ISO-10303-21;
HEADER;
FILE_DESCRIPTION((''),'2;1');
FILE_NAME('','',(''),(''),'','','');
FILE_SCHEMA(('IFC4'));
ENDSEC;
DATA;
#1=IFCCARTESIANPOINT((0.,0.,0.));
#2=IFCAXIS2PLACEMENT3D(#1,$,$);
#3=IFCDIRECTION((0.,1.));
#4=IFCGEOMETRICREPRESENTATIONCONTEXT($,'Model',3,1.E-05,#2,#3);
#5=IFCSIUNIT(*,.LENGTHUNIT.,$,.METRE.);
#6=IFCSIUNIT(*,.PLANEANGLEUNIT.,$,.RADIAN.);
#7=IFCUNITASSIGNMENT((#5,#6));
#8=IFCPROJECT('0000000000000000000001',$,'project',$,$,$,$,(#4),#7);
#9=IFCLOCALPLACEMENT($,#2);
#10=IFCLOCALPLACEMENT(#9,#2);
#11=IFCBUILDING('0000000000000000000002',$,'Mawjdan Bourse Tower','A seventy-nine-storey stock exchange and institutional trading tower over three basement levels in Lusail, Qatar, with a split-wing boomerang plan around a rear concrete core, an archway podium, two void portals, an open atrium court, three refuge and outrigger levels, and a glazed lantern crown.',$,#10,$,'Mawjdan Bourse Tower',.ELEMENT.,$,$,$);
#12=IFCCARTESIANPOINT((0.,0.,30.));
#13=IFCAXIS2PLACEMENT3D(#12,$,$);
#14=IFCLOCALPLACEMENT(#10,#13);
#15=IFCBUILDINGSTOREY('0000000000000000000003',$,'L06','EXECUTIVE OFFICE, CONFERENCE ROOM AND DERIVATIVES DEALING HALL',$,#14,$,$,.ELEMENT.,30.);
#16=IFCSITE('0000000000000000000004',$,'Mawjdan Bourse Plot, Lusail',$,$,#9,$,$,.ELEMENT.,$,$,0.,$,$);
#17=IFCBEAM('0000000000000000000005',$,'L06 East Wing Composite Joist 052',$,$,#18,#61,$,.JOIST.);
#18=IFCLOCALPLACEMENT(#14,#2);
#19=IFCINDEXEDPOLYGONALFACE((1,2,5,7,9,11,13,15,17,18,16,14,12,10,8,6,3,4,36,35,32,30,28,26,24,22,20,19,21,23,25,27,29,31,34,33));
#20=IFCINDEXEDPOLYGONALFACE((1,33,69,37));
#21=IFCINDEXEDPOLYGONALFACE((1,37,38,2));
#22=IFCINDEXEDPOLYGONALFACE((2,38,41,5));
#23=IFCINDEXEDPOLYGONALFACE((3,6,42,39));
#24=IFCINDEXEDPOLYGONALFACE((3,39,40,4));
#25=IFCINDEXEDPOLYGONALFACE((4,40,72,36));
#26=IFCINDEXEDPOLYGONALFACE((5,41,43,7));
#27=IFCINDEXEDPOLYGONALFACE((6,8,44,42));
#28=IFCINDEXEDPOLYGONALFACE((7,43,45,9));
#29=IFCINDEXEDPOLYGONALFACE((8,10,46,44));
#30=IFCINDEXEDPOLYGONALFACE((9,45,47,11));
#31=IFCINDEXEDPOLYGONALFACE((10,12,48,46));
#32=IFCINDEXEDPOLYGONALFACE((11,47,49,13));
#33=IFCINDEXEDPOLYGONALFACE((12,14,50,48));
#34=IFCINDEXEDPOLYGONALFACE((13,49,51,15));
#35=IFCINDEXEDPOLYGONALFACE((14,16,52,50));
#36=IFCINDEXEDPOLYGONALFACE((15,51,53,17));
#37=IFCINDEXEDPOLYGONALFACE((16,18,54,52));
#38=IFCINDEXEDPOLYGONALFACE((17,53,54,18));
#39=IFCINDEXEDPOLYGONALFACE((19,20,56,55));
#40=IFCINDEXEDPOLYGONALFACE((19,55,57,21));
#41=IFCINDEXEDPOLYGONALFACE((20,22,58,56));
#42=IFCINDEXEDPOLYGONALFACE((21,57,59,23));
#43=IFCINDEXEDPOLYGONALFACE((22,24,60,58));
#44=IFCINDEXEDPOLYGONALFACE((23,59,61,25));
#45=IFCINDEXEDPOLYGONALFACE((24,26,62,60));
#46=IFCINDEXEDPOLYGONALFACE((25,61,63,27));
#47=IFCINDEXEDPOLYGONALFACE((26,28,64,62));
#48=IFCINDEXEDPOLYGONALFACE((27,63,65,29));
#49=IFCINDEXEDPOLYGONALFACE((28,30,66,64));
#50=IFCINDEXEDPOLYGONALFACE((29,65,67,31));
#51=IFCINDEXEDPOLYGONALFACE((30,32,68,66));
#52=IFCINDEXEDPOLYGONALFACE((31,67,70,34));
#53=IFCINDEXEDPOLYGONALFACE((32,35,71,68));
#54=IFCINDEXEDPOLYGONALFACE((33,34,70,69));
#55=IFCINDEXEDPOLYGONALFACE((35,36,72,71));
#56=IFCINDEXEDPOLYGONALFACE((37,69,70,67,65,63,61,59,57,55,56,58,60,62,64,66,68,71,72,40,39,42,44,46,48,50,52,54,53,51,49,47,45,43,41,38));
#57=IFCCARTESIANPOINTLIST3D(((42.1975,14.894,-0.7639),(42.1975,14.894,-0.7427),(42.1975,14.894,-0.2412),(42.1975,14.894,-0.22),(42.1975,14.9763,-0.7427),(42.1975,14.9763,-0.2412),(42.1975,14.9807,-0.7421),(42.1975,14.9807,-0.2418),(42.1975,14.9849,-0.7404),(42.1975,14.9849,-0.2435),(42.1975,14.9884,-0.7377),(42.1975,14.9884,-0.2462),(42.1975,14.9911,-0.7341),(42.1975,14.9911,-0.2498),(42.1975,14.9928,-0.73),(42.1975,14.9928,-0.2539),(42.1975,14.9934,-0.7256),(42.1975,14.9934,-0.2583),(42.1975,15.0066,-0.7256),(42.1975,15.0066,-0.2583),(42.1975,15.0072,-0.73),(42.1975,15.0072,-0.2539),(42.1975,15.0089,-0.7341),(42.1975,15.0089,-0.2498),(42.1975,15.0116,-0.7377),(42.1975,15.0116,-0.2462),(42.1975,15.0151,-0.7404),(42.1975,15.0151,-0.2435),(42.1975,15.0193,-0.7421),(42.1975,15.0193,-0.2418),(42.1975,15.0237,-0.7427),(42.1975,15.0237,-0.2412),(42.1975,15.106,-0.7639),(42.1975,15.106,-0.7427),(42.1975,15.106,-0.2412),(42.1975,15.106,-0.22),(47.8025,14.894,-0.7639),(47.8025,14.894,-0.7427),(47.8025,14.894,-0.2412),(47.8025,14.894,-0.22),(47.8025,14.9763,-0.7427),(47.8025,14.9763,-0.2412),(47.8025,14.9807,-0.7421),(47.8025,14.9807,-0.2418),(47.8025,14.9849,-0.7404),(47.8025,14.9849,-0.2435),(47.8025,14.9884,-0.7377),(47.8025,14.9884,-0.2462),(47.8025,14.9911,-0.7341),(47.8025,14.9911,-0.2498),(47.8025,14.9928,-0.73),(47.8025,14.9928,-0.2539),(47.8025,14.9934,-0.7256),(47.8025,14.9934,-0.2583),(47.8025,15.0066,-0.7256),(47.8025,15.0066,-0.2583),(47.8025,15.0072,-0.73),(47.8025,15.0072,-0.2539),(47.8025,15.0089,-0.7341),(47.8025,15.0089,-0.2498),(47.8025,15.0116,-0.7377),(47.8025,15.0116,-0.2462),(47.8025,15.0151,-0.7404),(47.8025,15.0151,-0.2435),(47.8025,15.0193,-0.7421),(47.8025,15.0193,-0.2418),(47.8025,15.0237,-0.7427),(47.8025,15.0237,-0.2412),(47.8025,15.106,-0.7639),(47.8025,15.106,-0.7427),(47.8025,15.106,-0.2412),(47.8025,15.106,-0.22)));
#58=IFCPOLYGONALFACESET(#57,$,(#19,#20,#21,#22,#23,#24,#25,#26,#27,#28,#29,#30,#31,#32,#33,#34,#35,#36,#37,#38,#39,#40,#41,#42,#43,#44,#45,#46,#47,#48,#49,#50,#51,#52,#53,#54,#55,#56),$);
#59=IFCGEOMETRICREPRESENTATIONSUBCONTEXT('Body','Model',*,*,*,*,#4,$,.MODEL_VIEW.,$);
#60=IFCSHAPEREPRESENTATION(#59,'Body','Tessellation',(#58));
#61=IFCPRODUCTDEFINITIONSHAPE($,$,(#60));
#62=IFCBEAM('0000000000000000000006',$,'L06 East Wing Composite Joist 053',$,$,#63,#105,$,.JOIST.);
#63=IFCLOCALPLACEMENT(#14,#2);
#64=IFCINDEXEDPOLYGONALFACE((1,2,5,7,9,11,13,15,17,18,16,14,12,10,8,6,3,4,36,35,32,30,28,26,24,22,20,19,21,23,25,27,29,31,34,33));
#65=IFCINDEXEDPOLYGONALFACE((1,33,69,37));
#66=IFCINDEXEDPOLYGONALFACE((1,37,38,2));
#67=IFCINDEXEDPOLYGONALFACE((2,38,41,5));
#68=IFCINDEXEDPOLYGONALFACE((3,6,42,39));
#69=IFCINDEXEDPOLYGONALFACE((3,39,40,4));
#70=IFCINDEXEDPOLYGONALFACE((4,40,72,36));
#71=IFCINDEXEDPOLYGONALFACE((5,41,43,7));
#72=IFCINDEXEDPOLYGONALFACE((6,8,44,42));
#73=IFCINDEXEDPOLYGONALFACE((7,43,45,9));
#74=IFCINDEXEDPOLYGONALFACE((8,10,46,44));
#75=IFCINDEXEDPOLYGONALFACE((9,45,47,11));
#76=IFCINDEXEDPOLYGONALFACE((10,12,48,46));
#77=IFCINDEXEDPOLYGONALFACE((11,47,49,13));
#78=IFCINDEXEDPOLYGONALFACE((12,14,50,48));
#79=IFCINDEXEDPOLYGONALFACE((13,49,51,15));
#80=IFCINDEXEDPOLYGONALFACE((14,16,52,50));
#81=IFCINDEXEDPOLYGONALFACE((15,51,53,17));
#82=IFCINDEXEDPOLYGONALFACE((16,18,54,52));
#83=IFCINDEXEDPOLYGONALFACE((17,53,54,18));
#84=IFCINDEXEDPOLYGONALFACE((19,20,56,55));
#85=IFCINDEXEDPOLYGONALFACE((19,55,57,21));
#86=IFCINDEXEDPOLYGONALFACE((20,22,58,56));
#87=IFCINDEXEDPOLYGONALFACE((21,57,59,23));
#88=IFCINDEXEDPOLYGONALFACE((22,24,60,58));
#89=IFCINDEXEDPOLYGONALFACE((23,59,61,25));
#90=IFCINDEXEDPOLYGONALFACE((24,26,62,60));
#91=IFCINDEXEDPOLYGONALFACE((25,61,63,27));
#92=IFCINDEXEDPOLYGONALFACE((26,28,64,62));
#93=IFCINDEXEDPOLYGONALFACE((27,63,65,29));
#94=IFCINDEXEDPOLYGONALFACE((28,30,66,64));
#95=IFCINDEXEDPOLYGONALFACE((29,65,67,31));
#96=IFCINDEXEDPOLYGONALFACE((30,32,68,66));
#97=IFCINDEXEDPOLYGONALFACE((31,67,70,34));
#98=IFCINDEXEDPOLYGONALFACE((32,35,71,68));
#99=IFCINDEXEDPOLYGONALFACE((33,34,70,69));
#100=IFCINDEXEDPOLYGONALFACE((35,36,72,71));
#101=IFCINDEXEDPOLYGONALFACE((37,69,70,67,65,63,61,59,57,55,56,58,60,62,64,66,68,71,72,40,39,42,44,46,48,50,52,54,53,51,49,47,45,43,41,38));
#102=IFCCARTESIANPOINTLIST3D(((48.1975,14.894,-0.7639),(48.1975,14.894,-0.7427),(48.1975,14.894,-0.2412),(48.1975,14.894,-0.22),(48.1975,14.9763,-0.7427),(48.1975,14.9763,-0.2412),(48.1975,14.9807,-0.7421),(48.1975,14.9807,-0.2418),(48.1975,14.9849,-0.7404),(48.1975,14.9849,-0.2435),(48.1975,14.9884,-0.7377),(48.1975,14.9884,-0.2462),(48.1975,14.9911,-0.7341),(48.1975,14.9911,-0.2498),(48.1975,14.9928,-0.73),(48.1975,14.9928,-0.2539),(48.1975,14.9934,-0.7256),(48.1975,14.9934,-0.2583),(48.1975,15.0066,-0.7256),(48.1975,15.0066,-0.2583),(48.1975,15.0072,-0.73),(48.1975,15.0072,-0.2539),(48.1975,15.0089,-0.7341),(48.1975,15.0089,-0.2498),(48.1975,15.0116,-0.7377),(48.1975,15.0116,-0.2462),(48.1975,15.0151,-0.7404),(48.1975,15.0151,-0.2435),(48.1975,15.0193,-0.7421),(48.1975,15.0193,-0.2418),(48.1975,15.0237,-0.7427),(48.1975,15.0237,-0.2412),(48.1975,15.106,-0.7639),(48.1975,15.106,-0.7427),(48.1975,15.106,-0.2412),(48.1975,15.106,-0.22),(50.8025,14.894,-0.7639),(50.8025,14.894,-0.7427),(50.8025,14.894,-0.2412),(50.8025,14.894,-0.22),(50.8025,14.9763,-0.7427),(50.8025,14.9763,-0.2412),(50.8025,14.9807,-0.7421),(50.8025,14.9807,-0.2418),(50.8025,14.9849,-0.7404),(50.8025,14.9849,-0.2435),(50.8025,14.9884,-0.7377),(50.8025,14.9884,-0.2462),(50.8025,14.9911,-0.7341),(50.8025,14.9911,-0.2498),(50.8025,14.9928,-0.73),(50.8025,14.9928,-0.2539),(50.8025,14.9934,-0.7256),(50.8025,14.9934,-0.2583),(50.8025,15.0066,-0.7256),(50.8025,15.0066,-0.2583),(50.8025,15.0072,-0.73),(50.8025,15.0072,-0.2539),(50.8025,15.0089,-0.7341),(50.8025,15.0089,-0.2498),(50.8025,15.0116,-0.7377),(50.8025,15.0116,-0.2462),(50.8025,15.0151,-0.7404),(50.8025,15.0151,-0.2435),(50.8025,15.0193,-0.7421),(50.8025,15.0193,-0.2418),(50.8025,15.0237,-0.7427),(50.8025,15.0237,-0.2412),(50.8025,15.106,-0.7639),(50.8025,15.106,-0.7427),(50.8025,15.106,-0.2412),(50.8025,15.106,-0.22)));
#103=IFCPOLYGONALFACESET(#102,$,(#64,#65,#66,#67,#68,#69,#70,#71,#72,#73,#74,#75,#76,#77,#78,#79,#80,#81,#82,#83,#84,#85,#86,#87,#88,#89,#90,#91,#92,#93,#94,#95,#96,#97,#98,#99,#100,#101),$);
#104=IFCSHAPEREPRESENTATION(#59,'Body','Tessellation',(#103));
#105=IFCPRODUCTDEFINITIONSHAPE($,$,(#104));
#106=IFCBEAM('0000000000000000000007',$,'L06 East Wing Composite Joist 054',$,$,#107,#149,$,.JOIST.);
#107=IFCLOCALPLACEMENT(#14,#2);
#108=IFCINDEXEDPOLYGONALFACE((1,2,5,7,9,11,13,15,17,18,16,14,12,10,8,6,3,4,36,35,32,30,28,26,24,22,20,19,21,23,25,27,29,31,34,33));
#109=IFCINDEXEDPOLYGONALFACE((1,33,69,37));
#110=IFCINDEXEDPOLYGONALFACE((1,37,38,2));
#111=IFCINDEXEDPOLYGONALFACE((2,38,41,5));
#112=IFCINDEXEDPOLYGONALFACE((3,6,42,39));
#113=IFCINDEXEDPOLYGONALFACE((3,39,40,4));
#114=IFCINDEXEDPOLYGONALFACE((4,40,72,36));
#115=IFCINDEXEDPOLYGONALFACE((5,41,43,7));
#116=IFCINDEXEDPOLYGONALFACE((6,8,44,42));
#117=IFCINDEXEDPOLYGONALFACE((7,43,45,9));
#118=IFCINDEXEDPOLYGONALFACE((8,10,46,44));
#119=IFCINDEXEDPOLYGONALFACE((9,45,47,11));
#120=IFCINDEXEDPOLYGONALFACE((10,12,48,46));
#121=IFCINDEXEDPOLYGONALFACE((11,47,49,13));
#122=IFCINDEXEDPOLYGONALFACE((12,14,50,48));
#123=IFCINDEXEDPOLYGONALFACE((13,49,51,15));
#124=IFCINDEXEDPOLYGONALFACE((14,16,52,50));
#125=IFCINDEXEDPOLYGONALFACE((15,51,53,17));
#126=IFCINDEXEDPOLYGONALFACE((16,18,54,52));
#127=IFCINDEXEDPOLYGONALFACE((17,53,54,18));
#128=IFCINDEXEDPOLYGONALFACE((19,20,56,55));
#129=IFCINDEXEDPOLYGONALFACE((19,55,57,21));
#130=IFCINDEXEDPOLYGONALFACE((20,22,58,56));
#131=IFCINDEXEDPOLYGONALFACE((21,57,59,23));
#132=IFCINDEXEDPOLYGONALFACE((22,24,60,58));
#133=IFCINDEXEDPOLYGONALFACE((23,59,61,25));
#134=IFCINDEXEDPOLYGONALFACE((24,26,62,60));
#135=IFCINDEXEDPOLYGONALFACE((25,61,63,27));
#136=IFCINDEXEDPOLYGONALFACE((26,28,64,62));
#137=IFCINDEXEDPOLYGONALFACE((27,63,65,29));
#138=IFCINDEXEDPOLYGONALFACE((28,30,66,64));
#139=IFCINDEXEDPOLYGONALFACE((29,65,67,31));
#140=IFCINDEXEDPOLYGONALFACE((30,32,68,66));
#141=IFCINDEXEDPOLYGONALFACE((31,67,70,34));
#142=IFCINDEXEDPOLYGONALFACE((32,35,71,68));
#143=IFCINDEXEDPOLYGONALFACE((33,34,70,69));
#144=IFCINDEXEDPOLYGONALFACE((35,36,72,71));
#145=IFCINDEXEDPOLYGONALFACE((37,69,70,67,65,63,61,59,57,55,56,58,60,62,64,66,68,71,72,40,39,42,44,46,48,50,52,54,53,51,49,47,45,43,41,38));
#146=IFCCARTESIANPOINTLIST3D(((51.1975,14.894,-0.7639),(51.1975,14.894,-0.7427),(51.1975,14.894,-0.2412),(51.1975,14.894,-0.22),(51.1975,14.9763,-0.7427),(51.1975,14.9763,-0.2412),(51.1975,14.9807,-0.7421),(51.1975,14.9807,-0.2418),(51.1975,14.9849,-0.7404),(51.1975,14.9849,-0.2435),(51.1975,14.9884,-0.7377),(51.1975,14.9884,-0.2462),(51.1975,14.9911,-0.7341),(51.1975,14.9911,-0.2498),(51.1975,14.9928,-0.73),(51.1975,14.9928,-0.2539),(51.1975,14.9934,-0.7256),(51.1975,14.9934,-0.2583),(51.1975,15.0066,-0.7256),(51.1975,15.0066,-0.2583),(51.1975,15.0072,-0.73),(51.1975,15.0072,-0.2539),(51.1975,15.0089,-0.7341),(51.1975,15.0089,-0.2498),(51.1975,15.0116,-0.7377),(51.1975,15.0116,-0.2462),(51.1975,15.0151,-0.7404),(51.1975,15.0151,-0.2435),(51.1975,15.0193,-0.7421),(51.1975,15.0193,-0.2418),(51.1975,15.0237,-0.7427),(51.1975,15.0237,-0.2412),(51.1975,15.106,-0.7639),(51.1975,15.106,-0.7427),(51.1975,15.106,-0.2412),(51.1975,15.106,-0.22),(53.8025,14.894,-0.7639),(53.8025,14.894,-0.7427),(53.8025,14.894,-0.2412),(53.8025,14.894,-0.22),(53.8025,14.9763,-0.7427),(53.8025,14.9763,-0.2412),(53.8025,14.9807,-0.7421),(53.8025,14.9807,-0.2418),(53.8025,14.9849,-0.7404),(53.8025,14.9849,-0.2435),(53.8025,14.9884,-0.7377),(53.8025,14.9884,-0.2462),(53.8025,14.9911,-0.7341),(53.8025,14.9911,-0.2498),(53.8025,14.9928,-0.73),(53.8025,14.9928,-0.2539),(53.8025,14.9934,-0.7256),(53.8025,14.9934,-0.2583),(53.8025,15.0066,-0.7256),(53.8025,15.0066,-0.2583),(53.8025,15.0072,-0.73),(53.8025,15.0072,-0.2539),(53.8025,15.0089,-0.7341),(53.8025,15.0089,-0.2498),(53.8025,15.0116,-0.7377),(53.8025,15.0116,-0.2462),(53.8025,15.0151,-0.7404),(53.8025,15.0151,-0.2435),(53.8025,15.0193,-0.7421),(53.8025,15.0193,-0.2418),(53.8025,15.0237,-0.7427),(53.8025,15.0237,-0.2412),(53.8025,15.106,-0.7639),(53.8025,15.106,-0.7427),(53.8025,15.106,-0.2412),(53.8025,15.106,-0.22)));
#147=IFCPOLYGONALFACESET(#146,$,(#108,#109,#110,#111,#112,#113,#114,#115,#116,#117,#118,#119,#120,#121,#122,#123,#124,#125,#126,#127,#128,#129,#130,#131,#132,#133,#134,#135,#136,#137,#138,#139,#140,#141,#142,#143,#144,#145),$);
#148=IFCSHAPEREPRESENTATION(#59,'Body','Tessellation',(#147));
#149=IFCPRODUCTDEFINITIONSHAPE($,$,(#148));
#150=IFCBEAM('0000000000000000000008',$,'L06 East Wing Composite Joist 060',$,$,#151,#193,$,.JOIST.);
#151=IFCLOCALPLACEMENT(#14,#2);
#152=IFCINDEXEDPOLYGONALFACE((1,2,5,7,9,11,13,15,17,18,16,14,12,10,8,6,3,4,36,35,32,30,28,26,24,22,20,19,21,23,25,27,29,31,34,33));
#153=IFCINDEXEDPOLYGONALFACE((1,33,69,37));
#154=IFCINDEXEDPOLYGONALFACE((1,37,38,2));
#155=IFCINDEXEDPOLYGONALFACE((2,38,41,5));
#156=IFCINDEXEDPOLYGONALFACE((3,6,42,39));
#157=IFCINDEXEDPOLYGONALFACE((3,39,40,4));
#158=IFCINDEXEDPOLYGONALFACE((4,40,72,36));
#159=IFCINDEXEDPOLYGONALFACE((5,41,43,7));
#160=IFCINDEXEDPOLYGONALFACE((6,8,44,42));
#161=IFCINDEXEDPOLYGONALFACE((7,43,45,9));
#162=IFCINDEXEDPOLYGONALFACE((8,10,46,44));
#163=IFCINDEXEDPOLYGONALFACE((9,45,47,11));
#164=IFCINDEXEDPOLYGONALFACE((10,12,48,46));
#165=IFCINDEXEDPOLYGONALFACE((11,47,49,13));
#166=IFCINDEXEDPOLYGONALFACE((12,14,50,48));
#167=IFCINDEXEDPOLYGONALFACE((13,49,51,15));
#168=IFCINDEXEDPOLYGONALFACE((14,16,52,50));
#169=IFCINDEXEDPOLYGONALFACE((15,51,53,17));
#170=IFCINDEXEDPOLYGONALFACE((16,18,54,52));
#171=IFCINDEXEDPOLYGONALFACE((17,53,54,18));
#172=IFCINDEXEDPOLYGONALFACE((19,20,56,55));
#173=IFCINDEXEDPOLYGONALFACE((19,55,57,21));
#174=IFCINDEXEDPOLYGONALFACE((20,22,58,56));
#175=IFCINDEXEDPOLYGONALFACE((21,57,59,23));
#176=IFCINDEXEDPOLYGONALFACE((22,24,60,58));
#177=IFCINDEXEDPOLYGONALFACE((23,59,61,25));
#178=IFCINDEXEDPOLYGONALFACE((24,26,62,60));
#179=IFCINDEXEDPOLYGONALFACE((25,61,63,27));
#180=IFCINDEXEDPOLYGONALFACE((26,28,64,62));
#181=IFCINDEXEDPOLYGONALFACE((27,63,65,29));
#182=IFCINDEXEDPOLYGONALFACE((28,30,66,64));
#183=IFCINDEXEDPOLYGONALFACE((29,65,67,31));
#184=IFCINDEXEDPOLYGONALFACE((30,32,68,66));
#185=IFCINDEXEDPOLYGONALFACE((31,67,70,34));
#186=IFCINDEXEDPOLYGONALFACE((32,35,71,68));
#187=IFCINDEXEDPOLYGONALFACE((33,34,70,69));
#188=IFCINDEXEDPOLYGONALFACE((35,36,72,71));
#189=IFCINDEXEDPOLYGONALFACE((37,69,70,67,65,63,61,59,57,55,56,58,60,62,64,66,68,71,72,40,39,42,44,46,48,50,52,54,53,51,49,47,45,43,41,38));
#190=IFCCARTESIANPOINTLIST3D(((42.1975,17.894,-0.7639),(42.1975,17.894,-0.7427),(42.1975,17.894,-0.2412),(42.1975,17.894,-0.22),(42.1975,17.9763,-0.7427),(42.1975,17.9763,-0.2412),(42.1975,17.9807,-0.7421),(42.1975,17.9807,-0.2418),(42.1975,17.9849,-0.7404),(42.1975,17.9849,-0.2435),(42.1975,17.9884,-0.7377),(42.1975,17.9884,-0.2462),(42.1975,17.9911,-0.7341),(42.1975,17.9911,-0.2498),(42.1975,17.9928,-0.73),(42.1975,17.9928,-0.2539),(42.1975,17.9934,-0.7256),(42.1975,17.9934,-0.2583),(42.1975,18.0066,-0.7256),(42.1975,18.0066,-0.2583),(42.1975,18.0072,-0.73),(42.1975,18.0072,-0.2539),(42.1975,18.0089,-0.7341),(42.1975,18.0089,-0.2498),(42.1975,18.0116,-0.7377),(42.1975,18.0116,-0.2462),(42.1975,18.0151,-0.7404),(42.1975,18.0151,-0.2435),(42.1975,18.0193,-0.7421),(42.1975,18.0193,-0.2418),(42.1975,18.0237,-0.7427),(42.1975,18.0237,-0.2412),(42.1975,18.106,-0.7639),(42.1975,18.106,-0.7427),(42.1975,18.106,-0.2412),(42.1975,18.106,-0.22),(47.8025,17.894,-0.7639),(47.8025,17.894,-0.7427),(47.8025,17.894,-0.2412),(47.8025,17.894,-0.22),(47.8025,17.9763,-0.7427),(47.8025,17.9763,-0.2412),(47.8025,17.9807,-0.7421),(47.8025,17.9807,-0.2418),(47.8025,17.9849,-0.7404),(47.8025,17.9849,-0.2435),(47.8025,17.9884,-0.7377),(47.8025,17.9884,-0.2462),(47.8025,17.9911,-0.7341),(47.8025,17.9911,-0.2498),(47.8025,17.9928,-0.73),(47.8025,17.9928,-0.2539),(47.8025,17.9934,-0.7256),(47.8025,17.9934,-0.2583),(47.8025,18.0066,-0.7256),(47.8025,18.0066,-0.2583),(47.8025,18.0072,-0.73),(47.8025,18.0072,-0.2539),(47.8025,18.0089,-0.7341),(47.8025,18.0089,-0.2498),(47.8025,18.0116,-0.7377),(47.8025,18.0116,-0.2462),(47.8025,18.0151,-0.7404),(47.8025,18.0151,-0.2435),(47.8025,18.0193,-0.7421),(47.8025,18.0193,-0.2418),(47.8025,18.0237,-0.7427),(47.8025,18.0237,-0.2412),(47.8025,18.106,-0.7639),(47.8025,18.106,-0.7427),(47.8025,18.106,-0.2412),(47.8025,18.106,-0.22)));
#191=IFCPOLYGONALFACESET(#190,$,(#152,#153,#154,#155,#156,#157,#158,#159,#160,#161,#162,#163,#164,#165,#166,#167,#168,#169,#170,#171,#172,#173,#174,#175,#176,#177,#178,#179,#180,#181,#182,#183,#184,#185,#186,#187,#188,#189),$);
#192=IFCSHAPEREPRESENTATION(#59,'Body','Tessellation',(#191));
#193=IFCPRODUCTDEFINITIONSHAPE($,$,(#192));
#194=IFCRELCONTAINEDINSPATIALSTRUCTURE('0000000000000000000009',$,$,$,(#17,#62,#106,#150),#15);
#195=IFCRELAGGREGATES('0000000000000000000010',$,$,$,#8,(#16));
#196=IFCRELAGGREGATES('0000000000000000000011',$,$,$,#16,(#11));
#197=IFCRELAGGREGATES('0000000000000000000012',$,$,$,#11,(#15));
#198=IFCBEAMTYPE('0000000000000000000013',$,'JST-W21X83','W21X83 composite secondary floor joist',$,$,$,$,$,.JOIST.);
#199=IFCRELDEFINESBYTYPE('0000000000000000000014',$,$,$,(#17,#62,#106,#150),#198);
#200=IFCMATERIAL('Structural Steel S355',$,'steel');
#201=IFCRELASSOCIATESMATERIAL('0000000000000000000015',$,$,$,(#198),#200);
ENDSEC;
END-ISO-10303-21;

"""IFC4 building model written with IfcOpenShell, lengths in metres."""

from ifc_helpers import new_model, si_unit, direction, frame, origin, origin_2d, place, context, subcontext, project, spatial, i_section, extrude, material, material_profile, profile_set, type_object, element, save


model = new_model("IFC4")

# Units and contexts
model_context = context("Model", 3, precision=1e-05, world=origin(), true_north=direction((0.0, 1.0)))
body_context = subcontext(model_context, "Body", "Model", "MODEL_VIEW")
ifc_project = project(units=[si_unit("LENGTHUNIT", "METRE"), si_unit("PLANEANGLEUNIT", "RADIAN")], contexts=[model_context])

# Site, building, storey
site_placement = place(None, origin())
site = spatial("IfcSite", under=ifc_project, at=site_placement, Name="Mawjdan Bourse Plot, Lusail", CompositionType="ELEMENT", RefElevation=0.0)
building_placement = place(site_placement, origin())
building = spatial("IfcBuilding", under=site, at=building_placement, Name="Mawjdan Bourse Tower", Description="A seventy-nine-storey stock exchange and institutional trading tower over three basement levels in Lusail, Qatar, with a split-wing boomerang plan around a rear concrete core, an archway podium, two void portals, an open atrium court, three refuge and outrigger levels, and a glazed lantern crown.", LongName="Mawjdan Bourse Tower", CompositionType="ELEMENT")
storey_placement = place(building_placement, frame((0.0, 0.0, 30.0)))
storey = spatial("IfcBuildingStorey", under=building, at=storey_placement, Name="L06", Description="EXECUTIVE OFFICE, CONFERENCE ROOM AND DERIVATIVES DEALING HALL", CompositionType="ELEMENT", Elevation=30.0)

# Beams
ifc_material_1 = material(Name="Structural Steel S355", Category="steel")
ifc_material_profile_1 = material_profile(ifc_material_1, i_section(OverallWidth=0.2119, OverallDepth=0.5439, WebThickness=0.0132, FlangeThickness=0.0212, FilletRadius=0.0171, at=origin_2d()), Name="W21X83")
ifc_profile_set_1 = profile_set([ifc_material_profile_1], Name="Structural Steel S355")
beam_type_1 = type_object("IfcBeamType", Name="JST-W21X83", Description="W21X83 composite secondary floor joist", PredefinedType="JOIST", material=ifc_profile_set_1)
beam_1_placement = place(storey_placement, frame((42.1975, 15.0, -0.4919), z_axis=(1.0, 0.0, 0.0), x_axis=(0.0, 1.0, 0.0)))
element("IfcBeam", 1, at=beam_1_placement, inside=storey, type_object=beam_type_1, Name="L06 East Wing Composite Joist 052", PredefinedType="JOIST", context=body_context, shape_type="SweptSolid", body=[
    extrude(i_section(OverallWidth=0.2119, OverallDepth=0.5439, WebThickness=0.0132, FlangeThickness=0.0212, FilletRadius=0.0171, at=origin_2d()), origin(), (0.0, 0.0, 1.0), 5.605),
])
for number, where, z_axis, x_axis, name in (
    (2, (48.1975, 15.0, -0.4919), (1.0, 0.0, 0.0), (0.0, 1.0, 0.0), "L06 East Wing Composite Joist 053"),
    (3, (51.1975, 15.0, -0.4919), (1.0, 0.0, 0.0), (0.0, 1.0, 0.0), "L06 East Wing Composite Joist 054"),
):
    element("IfcBeam", number, at=place(storey_placement, frame(where, z_axis=z_axis, x_axis=x_axis)), inside=storey, type_object=beam_type_1, Name=name, PredefinedType="JOIST", context=body_context, shape_type="SweptSolid", body=[
        extrude(i_section(OverallWidth=0.2119, OverallDepth=0.5439, WebThickness=0.0132, FlangeThickness=0.0212, FilletRadius=0.0171, at=origin_2d()), origin(), (0.0, 0.0, 1.0), 2.605),
    ])
beam_2_placement = place(storey_placement, frame((42.1975, 18.0, -0.4919), z_axis=(1.0, 0.0, 0.0), x_axis=(0.0, 1.0, 0.0)))
element("IfcBeam", 4, at=beam_2_placement, inside=storey, type_object=beam_type_1, Name="L06 East Wing Composite Joist 060", PredefinedType="JOIST", context=body_context, shape_type="SweptSolid", body=[
    extrude(i_section(OverallWidth=0.2119, OverallDepth=0.5439, WebThickness=0.0132, FlangeThickness=0.0212, FilletRadius=0.0171, at=origin_2d()), origin(), (0.0, 0.0, 1.0), 5.605),
])

save(model, "model.ifc")
